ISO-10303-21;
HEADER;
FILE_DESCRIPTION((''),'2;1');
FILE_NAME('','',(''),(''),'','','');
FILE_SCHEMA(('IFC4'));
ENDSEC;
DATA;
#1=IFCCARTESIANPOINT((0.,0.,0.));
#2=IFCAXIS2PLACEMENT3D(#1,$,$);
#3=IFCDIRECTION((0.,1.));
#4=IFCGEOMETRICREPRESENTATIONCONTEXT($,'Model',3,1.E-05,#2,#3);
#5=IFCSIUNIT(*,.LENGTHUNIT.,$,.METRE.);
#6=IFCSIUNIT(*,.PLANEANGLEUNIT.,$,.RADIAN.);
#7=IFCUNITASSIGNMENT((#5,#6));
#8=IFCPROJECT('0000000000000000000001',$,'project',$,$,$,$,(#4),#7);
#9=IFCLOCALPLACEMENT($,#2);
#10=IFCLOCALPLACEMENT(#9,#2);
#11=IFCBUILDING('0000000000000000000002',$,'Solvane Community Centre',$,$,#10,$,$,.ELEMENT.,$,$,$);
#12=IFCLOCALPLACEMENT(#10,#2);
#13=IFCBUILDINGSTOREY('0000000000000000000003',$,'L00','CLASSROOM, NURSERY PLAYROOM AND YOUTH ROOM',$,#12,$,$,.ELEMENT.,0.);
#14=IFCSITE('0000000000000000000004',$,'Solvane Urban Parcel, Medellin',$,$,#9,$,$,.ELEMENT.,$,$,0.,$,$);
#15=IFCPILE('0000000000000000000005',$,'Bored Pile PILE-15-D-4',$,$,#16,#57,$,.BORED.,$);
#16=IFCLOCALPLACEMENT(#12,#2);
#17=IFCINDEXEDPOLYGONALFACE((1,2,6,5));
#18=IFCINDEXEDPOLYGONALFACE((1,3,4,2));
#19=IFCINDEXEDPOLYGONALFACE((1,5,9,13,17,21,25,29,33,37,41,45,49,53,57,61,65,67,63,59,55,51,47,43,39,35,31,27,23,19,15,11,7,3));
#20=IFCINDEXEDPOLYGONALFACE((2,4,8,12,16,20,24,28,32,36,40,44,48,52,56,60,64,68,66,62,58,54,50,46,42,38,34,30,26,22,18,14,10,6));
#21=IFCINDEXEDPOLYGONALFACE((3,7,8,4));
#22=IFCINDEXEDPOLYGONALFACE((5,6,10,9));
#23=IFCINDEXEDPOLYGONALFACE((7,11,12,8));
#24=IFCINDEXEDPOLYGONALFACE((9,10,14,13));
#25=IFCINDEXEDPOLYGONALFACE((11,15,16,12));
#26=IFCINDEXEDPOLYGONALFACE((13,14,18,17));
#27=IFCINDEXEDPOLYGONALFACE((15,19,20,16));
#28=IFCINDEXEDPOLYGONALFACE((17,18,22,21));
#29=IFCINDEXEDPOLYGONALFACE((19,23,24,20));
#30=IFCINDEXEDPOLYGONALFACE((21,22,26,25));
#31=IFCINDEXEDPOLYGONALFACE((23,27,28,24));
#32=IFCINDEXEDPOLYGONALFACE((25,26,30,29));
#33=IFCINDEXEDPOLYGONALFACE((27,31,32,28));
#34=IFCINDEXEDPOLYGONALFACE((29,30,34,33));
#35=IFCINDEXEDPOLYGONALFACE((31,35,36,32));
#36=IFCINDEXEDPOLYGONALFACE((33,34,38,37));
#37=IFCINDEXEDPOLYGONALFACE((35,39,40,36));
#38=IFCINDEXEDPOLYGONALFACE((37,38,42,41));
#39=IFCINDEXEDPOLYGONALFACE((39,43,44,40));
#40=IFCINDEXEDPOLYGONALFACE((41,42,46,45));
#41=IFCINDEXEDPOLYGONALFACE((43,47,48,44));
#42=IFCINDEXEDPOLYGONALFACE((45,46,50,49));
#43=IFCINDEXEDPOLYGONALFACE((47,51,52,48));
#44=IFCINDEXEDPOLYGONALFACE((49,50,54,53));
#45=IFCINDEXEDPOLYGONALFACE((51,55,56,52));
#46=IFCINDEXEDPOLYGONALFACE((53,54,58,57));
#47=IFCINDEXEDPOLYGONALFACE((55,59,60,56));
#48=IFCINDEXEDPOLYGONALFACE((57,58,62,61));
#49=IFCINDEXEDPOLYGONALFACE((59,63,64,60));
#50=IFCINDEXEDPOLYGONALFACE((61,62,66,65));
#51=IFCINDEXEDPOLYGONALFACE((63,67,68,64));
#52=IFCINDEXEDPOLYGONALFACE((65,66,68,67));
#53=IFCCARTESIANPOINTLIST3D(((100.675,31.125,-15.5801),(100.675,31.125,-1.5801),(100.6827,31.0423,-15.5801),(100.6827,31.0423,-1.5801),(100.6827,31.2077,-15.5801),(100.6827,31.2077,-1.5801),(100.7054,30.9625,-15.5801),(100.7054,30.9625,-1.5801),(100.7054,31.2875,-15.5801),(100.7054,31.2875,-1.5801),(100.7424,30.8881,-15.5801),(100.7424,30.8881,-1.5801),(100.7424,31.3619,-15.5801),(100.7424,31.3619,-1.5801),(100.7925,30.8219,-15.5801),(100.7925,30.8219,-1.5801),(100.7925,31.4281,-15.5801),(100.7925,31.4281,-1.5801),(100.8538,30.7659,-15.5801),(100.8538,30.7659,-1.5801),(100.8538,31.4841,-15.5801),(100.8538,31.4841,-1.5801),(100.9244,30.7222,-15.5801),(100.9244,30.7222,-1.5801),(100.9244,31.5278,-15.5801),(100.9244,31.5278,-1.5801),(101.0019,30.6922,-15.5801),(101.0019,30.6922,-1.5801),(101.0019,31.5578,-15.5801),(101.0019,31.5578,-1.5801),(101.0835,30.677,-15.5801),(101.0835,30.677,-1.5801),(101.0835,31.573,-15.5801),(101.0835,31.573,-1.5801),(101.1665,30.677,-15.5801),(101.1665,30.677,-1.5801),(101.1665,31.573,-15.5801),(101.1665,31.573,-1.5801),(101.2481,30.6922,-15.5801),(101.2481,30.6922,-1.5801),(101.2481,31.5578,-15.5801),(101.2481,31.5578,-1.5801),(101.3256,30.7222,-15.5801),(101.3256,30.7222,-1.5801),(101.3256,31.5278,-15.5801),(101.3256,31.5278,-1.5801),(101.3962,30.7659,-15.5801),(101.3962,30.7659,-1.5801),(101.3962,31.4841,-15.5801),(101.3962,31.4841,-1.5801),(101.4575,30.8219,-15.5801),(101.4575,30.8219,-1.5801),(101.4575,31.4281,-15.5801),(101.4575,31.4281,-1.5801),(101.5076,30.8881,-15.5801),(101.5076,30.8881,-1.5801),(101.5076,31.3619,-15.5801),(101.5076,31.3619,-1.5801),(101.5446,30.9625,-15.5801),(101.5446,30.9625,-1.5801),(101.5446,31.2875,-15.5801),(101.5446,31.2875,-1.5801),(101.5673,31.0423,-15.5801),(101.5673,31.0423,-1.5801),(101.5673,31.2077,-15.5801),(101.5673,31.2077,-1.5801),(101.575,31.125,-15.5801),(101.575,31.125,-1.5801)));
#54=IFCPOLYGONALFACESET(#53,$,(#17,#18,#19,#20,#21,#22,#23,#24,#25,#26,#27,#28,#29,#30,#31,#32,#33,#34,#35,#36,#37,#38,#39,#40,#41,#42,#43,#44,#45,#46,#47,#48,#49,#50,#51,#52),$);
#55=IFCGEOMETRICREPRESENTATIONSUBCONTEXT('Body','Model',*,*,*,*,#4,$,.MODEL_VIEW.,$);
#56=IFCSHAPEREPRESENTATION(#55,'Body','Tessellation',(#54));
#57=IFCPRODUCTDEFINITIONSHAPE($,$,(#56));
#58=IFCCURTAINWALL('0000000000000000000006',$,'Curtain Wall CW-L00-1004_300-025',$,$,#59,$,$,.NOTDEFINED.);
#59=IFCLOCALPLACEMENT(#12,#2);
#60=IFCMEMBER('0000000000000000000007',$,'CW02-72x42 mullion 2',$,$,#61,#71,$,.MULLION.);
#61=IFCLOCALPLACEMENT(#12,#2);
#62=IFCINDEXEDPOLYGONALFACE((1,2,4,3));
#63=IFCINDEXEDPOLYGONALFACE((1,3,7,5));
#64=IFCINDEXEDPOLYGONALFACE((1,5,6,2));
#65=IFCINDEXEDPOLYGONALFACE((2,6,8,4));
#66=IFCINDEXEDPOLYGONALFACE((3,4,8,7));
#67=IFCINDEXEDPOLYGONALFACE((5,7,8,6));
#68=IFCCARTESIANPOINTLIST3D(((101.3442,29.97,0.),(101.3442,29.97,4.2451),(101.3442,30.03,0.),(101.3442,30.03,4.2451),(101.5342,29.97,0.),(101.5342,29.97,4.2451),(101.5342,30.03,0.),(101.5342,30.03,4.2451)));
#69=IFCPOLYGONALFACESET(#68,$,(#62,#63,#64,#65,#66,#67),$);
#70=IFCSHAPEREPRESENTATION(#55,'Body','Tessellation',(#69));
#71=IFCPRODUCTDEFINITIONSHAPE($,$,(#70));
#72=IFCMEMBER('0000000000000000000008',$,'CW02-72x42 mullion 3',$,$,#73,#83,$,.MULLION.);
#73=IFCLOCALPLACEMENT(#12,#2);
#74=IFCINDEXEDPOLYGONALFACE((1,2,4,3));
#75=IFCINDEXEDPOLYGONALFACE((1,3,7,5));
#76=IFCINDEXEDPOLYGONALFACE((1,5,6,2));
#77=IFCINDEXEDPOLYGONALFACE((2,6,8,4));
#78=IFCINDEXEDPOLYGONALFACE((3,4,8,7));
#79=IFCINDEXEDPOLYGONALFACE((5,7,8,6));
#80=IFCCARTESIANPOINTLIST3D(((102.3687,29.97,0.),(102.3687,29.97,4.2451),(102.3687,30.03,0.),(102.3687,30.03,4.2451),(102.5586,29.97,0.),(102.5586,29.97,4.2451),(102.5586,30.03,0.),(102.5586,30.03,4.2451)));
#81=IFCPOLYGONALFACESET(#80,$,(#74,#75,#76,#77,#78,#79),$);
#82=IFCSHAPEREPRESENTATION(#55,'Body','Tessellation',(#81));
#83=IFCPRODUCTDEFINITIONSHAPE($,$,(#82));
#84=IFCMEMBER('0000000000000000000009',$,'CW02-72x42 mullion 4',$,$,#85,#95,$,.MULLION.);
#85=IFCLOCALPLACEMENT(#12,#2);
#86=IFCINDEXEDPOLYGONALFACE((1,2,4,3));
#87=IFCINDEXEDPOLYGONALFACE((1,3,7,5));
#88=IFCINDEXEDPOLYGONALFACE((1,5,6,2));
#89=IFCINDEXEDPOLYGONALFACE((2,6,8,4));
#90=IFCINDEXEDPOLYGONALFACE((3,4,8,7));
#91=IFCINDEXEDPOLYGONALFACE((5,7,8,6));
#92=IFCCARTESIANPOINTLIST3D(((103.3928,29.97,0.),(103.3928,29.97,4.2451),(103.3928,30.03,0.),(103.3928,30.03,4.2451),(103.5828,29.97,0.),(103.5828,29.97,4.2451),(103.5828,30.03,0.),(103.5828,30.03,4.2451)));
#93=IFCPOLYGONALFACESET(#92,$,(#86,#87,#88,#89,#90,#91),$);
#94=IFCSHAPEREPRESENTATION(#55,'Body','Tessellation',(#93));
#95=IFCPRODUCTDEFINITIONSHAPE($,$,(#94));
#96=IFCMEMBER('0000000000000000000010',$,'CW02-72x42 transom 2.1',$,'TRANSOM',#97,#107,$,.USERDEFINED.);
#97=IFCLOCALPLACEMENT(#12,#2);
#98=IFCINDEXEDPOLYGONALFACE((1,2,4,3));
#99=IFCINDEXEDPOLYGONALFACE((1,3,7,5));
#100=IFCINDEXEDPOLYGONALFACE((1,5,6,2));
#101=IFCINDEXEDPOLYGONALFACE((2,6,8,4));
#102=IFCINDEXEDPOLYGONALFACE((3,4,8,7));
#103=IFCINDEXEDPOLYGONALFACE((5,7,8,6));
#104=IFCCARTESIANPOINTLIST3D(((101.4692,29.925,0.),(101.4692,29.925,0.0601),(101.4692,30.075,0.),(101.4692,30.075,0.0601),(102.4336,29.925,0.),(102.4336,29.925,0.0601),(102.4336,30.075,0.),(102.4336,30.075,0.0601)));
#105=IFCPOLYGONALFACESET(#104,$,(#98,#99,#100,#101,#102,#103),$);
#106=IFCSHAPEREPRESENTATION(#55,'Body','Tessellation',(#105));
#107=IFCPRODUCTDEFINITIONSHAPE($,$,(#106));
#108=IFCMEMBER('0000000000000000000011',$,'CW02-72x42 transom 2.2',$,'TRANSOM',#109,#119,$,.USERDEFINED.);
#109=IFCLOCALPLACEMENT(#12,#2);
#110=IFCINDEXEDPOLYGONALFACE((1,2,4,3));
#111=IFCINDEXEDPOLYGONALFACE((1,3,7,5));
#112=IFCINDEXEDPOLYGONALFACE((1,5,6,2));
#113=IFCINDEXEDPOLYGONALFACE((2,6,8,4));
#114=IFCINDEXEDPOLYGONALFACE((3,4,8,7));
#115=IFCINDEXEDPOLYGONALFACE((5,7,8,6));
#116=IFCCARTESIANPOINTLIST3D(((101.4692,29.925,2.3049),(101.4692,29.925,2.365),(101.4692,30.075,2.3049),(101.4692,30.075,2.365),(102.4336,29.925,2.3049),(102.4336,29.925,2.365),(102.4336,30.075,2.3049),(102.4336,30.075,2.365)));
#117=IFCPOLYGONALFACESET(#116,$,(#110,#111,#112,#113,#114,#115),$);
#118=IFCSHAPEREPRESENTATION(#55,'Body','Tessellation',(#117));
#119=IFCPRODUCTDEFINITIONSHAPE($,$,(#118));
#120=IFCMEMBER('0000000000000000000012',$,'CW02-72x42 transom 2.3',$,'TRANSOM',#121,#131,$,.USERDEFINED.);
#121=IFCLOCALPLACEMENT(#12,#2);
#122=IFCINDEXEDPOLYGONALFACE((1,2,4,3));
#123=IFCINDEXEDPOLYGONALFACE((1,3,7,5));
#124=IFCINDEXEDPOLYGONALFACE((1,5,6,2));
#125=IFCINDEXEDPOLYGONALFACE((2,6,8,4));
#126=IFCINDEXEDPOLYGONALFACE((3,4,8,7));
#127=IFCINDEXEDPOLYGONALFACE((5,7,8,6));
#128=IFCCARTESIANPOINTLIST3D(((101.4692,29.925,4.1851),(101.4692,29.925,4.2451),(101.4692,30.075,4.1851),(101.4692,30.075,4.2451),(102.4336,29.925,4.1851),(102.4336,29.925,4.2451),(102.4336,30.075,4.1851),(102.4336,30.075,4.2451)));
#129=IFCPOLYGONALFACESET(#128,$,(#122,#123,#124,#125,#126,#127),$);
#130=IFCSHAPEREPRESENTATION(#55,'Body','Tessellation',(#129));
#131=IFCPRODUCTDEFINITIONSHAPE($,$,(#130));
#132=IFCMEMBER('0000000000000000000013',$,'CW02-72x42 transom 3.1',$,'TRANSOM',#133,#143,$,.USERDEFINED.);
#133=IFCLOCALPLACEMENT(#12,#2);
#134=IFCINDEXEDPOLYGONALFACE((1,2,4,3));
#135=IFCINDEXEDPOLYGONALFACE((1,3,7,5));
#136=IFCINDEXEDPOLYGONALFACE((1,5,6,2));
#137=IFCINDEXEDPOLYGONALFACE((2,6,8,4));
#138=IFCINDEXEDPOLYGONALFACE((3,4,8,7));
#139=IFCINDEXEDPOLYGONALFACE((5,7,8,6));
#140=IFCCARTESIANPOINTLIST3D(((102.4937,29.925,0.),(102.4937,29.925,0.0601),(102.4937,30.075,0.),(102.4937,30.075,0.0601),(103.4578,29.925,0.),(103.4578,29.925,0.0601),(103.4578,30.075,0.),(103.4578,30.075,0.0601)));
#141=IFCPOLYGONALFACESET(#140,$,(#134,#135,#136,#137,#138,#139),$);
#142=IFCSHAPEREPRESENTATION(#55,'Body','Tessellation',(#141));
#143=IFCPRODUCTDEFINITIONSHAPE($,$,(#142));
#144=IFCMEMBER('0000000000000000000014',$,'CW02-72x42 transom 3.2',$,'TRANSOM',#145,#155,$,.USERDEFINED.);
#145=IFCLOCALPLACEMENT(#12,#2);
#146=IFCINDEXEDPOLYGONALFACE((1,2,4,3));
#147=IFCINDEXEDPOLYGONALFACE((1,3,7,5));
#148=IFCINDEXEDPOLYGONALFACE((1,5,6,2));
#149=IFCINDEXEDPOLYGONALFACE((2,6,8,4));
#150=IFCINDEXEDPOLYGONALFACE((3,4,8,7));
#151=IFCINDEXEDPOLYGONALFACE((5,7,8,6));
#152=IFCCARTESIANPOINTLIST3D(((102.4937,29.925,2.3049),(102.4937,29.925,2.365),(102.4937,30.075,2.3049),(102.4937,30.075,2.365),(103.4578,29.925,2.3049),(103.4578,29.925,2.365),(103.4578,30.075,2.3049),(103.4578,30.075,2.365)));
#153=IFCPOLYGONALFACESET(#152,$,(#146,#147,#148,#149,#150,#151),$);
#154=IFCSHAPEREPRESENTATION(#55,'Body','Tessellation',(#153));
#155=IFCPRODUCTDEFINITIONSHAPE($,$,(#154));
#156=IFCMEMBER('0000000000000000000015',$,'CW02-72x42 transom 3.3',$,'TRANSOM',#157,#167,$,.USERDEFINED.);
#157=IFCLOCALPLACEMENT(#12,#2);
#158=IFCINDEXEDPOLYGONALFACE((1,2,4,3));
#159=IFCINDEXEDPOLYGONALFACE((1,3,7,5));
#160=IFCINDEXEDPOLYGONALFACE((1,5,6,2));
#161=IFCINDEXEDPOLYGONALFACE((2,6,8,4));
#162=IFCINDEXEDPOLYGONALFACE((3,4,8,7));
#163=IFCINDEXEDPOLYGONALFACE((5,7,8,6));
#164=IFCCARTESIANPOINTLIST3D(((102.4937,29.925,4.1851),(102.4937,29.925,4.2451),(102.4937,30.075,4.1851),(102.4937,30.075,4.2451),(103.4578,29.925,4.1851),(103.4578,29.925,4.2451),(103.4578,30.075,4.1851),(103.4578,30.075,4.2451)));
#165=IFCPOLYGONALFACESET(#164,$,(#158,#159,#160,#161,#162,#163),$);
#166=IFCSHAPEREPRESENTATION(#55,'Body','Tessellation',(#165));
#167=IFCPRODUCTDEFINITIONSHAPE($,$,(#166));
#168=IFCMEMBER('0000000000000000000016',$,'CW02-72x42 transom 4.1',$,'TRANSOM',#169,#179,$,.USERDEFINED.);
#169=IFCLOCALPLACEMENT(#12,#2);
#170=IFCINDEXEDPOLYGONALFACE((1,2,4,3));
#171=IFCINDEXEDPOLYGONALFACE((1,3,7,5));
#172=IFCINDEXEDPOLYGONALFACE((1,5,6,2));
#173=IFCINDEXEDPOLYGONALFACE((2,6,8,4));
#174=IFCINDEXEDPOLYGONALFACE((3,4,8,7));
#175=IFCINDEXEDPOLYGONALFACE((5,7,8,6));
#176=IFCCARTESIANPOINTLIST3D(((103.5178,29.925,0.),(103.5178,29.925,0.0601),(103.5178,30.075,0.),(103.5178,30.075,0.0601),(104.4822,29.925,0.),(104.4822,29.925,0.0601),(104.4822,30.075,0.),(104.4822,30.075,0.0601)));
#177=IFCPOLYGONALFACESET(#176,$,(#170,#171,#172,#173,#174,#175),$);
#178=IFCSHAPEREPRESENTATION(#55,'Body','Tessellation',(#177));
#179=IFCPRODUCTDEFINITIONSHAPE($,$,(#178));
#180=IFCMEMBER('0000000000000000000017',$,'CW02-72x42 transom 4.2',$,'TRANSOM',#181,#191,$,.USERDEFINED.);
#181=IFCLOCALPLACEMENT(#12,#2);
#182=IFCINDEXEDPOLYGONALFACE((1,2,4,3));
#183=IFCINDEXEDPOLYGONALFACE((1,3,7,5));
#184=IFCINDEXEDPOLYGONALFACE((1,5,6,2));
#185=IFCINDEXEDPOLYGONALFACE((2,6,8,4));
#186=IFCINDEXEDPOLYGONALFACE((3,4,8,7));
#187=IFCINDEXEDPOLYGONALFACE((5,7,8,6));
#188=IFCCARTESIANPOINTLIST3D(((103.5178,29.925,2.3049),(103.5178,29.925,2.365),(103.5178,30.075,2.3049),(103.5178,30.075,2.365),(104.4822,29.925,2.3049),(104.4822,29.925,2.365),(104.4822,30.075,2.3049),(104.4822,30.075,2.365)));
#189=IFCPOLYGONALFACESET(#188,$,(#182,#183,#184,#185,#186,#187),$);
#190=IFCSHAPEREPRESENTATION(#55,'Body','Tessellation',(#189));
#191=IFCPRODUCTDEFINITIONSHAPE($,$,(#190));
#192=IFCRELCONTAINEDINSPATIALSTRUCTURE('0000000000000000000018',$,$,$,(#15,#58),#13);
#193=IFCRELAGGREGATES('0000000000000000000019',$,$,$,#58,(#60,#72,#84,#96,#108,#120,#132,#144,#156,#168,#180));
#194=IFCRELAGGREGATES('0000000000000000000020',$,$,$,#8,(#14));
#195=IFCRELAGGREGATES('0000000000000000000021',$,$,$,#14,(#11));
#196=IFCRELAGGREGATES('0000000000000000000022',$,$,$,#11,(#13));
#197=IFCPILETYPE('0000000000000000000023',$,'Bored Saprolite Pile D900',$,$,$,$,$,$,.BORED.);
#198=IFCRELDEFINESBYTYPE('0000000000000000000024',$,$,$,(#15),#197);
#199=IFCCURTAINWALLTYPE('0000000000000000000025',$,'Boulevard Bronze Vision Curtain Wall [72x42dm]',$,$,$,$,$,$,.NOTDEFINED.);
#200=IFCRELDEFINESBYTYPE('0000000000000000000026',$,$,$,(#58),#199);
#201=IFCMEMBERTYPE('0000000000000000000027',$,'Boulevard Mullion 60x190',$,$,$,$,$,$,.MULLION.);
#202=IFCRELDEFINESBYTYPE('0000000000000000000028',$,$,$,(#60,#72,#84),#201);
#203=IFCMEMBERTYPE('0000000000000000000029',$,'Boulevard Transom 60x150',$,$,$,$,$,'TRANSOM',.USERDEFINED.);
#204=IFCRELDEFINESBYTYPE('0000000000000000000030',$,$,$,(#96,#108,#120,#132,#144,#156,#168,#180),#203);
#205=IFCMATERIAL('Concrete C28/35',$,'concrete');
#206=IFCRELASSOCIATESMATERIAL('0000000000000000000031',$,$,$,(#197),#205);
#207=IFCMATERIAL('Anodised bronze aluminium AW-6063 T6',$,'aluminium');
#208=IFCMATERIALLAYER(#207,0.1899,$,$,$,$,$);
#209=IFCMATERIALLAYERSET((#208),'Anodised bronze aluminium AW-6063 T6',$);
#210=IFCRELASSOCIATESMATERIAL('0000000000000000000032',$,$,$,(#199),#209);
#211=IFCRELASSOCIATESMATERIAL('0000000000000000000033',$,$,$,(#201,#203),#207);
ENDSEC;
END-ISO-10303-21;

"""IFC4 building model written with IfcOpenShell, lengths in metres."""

from ifc_helpers import new_model, si_unit, direction, frame, origin, origin_2d, place, context, subcontext, project, spatial, rectangle, circle, extrude, material, layer, layer_set, material_profile, profile_set, type_object, element, aggregate, save


model = new_model("IFC4")

# Units and contexts
model_context = context("Model", 3, precision=1e-05, world=origin(), true_north=direction((0.0, 1.0)))
body_context = subcontext(model_context, "Body", "Model", "MODEL_VIEW")
ifc_project = project(units=[si_unit("LENGTHUNIT", "METRE"), si_unit("PLANEANGLEUNIT", "RADIAN")], contexts=[model_context])

# Site, building, storey
site_placement = place(None, origin())
site = spatial("IfcSite", under=ifc_project, at=site_placement, Name="Solvane Urban Parcel, Medellin", CompositionType="ELEMENT", RefElevation=0.0)
building_placement = place(site_placement, origin())
building = spatial("IfcBuilding", under=site, at=building_placement, Name="Solvane Community Centre", CompositionType="ELEMENT")
storey_placement = place(building_placement, origin())
storey = spatial("IfcBuildingStorey", under=building, at=storey_placement, Name="L00", Description="CLASSROOM, NURSERY PLAYROOM AND YOUTH ROOM", CompositionType="ELEMENT", Elevation=0.0)

# Pile
ifc_material_1 = material(Name="Concrete C28/35", Category="concrete")
ifc_material_profile_1 = material_profile(ifc_material_1, circle(Radius=0.45, at=origin_2d()), Name="PILE D900")
ifc_profile_set_1 = profile_set([ifc_material_profile_1], Name="Concrete C28/35")
pile_type = type_object("IfcPileType", Name="Bored Saprolite Pile D900", PredefinedType="BORED", material=ifc_profile_set_1)
pile_placement = place(storey_placement, frame((101.125, 31.125, -1.5801), z_axis=(0.0, 0.0, -1.0), x_axis=(1.0, 0.0, 0.0)))
element("IfcPile", 1, at=pile_placement, inside=storey, type_object=pile_type, Name="Bored Pile PILE-15-D-4", PredefinedType="BORED", context=body_context, shape_type="SweptSolid", body=[
    extrude(circle(Radius=0.45, at=origin_2d()), origin(), (0.0, 0.0, 1.0), 14.0),
])

# Curtain wall, members
ifc_material_2 = material(Name="Anodised bronze aluminium AW-6063 T6", Category="aluminium")
ifc_layer_1 = layer(ifc_material_2, 0.1899)
ifc_layer_set_1 = layer_set([ifc_layer_1], Name="Anodised bronze aluminium AW-6063 T6")
curtain_wall_type = type_object("IfcCurtainWallType", Name="Boulevard Bronze Vision Curtain Wall [72x42dm]", PredefinedType="NOTDEFINED", material=ifc_layer_set_1)
curtain_wall_placement = place(storey_placement, origin())
curtain_wall = element("IfcCurtainWall", 2, at=curtain_wall_placement, inside=storey, type_object=curtain_wall_type, Name="Curtain Wall CW-L00-1004_300-025", PredefinedType="NOTDEFINED")
ifc_material_profile_2 = material_profile(ifc_material_2, rectangle(XDim=0.0601, YDim=0.1899, at=origin_2d()), Name="CW-M 60x190")
ifc_profile_set_2 = profile_set([ifc_material_profile_2], Name="Anodised bronze aluminium AW-6063 T6")
member_type_1 = type_object("IfcMemberType", Name="Boulevard Mullion 60x190", PredefinedType="MULLION", material=ifc_profile_set_2)
member_1_placement = place(storey_placement, frame((101.4392, 30.0, 0.0), z_axis=(0.0, 0.0, 1.0), x_axis=(0.0, 1.0, 0.0)))
member_1 = element("IfcMember", 3, at=member_1_placement, type_object=member_type_1, Name="CW02-72x42 mullion 2", PredefinedType="MULLION", context=body_context, shape_type="SweptSolid", body=[
    extrude(rectangle(XDim=0.0601, YDim=0.1899, at=origin_2d()), origin(), (0.0, 0.0, 1.0), 4.2451),
])
member_2_placement = place(storey_placement, frame((102.4636, 30.0, 0.0), z_axis=(0.0, 0.0, 1.0), x_axis=(0.0, 1.0, 0.0)))
member_2 = element("IfcMember", 4, at=member_2_placement, type_object=member_type_1, Name="CW02-72x42 mullion 3", PredefinedType="MULLION", context=body_context, shape_type="SweptSolid", body=[
    extrude(rectangle(XDim=0.0601, YDim=0.1899, at=origin_2d()), origin(), (0.0, 0.0, 1.0), 4.2451),
])
member_3_placement = place(storey_placement, frame((103.4878, 30.0, 0.0), z_axis=(0.0, 0.0, 1.0), x_axis=(0.0, 1.0, 0.0)))
member_3 = element("IfcMember", 5, at=member_3_placement, type_object=member_type_1, Name="CW02-72x42 mullion 4", PredefinedType="MULLION", context=body_context, shape_type="SweptSolid", body=[
    extrude(rectangle(XDim=0.0601, YDim=0.1899, at=origin_2d()), origin(), (0.0, 0.0, 1.0), 4.2451),
])
ifc_material_profile_3 = material_profile(ifc_material_2, rectangle(XDim=0.1499, YDim=0.0601, at=origin_2d()), Name="CW-T 60x150")
ifc_profile_set_3 = profile_set([ifc_material_profile_3], Name="Anodised bronze aluminium AW-6063 T6")
member_type_2 = type_object("IfcMemberType", Name="Boulevard Transom 60x150", ElementType="TRANSOM", PredefinedType="USERDEFINED", material=ifc_profile_set_3)
member_4_placement = place(storey_placement, frame((101.4692, 30.0, 0.03), z_axis=(1.0, 0.0, 0.0), x_axis=(0.0, 1.0, 0.0)))
member_4 = element("IfcMember", 6, at=member_4_placement, type_object=member_type_2, Name="CW02-72x42 transom 2.1", ObjectType="TRANSOM", PredefinedType="USERDEFINED", context=body_context, shape_type="SweptSolid", body=[
    extrude(rectangle(XDim=0.1499, YDim=0.0601, at=origin_2d()), origin(), (0.0, 0.0, 1.0), 0.9644),
])
member_5_placement = place(storey_placement, frame((101.4692, 30.0, 2.335), z_axis=(1.0, 0.0, 0.0), x_axis=(0.0, 1.0, 0.0)))
member_5 = element("IfcMember", 7, at=member_5_placement, type_object=member_type_2, Name="CW02-72x42 transom 2.2", ObjectType="TRANSOM", PredefinedType="USERDEFINED", context=body_context, shape_type="SweptSolid", body=[
    extrude(rectangle(XDim=0.1499, YDim=0.0601, at=origin_2d()), origin(), (0.0, 0.0, 1.0), 0.9644),
])
member_6_placement = place(storey_placement, frame((101.4692, 30.0, 4.2151), z_axis=(1.0, 0.0, 0.0), x_axis=(0.0, 1.0, 0.0)))
member_6 = element("IfcMember", 8, at=member_6_placement, type_object=member_type_2, Name="CW02-72x42 transom 2.3", ObjectType="TRANSOM", PredefinedType="USERDEFINED", context=body_context, shape_type="SweptSolid", body=[
    extrude(rectangle(XDim=0.1499, YDim=0.0601, at=origin_2d()), origin(), (0.0, 0.0, 1.0), 0.9644),
])
member_7_placement = place(storey_placement, frame((102.4937, 30.0, 0.03), z_axis=(1.0, 0.0, 0.0), x_axis=(0.0, 1.0, 0.0)))
member_7 = element("IfcMember", 9, at=member_7_placement, type_object=member_type_2, Name="CW02-72x42 transom 3.1", ObjectType="TRANSOM", PredefinedType="USERDEFINED", context=body_context, shape_type="SweptSolid", body=[
    extrude(rectangle(XDim=0.1499, YDim=0.0601, at=origin_2d()), origin(), (0.0, 0.0, 1.0), 0.9641),
])
member_8_placement = place(storey_placement, frame((102.4937, 30.0, 2.335), z_axis=(1.0, 0.0, 0.0), x_axis=(0.0, 1.0, 0.0)))
member_8 = element("IfcMember", 10, at=member_8_placement, type_object=member_type_2, Name="CW02-72x42 transom 3.2", ObjectType="TRANSOM", PredefinedType="USERDEFINED", context=body_context, shape_type="SweptSolid", body=[
    extrude(rectangle(XDim=0.1499, YDim=0.0601, at=origin_2d()), origin(), (0.0, 0.0, 1.0), 0.9641),
])
member_9_placement = place(storey_placement, frame((102.4937, 30.0, 4.2151), z_axis=(1.0, 0.0, 0.0), x_axis=(0.0, 1.0, 0.0)))
member_9 = element("IfcMember", 11, at=member_9_placement, type_object=member_type_2, Name="CW02-72x42 transom 3.3", ObjectType="TRANSOM", PredefinedType="USERDEFINED", context=body_context, shape_type="SweptSolid", body=[
    extrude(rectangle(XDim=0.1499, YDim=0.0601, at=origin_2d()), origin(), (0.0, 0.0, 1.0), 0.9641),
])
member_10_placement = place(storey_placement, frame((103.5178, 30.0, 0.03), z_axis=(1.0, 0.0, 0.0), x_axis=(0.0, 1.0, 0.0)))
member_10 = element("IfcMember", 12, at=member_10_placement, type_object=member_type_2, Name="CW02-72x42 transom 4.1", ObjectType="TRANSOM", PredefinedType="USERDEFINED", context=body_context, shape_type="SweptSolid", body=[
    extrude(rectangle(XDim=0.1499, YDim=0.0601, at=origin_2d()), origin(), (0.0, 0.0, 1.0), 0.9644),
])
member_11_placement = place(storey_placement, frame((103.5178, 30.0, 2.335), z_axis=(1.0, 0.0, 0.0), x_axis=(0.0, 1.0, 0.0)))
member_11 = element("IfcMember", 13, at=member_11_placement, type_object=member_type_2, Name="CW02-72x42 transom 4.2", ObjectType="TRANSOM", PredefinedType="USERDEFINED", context=body_context, shape_type="SweptSolid", body=[
    extrude(rectangle(XDim=0.1499, YDim=0.0601, at=origin_2d()), origin(), (0.0, 0.0, 1.0), 0.9644),
])
aggregate(curtain_wall, [member_1, member_2, member_3, member_4, member_5, member_6, member_7, member_8, member_9, member_10, member_11])

save(model, "model.ifc")
